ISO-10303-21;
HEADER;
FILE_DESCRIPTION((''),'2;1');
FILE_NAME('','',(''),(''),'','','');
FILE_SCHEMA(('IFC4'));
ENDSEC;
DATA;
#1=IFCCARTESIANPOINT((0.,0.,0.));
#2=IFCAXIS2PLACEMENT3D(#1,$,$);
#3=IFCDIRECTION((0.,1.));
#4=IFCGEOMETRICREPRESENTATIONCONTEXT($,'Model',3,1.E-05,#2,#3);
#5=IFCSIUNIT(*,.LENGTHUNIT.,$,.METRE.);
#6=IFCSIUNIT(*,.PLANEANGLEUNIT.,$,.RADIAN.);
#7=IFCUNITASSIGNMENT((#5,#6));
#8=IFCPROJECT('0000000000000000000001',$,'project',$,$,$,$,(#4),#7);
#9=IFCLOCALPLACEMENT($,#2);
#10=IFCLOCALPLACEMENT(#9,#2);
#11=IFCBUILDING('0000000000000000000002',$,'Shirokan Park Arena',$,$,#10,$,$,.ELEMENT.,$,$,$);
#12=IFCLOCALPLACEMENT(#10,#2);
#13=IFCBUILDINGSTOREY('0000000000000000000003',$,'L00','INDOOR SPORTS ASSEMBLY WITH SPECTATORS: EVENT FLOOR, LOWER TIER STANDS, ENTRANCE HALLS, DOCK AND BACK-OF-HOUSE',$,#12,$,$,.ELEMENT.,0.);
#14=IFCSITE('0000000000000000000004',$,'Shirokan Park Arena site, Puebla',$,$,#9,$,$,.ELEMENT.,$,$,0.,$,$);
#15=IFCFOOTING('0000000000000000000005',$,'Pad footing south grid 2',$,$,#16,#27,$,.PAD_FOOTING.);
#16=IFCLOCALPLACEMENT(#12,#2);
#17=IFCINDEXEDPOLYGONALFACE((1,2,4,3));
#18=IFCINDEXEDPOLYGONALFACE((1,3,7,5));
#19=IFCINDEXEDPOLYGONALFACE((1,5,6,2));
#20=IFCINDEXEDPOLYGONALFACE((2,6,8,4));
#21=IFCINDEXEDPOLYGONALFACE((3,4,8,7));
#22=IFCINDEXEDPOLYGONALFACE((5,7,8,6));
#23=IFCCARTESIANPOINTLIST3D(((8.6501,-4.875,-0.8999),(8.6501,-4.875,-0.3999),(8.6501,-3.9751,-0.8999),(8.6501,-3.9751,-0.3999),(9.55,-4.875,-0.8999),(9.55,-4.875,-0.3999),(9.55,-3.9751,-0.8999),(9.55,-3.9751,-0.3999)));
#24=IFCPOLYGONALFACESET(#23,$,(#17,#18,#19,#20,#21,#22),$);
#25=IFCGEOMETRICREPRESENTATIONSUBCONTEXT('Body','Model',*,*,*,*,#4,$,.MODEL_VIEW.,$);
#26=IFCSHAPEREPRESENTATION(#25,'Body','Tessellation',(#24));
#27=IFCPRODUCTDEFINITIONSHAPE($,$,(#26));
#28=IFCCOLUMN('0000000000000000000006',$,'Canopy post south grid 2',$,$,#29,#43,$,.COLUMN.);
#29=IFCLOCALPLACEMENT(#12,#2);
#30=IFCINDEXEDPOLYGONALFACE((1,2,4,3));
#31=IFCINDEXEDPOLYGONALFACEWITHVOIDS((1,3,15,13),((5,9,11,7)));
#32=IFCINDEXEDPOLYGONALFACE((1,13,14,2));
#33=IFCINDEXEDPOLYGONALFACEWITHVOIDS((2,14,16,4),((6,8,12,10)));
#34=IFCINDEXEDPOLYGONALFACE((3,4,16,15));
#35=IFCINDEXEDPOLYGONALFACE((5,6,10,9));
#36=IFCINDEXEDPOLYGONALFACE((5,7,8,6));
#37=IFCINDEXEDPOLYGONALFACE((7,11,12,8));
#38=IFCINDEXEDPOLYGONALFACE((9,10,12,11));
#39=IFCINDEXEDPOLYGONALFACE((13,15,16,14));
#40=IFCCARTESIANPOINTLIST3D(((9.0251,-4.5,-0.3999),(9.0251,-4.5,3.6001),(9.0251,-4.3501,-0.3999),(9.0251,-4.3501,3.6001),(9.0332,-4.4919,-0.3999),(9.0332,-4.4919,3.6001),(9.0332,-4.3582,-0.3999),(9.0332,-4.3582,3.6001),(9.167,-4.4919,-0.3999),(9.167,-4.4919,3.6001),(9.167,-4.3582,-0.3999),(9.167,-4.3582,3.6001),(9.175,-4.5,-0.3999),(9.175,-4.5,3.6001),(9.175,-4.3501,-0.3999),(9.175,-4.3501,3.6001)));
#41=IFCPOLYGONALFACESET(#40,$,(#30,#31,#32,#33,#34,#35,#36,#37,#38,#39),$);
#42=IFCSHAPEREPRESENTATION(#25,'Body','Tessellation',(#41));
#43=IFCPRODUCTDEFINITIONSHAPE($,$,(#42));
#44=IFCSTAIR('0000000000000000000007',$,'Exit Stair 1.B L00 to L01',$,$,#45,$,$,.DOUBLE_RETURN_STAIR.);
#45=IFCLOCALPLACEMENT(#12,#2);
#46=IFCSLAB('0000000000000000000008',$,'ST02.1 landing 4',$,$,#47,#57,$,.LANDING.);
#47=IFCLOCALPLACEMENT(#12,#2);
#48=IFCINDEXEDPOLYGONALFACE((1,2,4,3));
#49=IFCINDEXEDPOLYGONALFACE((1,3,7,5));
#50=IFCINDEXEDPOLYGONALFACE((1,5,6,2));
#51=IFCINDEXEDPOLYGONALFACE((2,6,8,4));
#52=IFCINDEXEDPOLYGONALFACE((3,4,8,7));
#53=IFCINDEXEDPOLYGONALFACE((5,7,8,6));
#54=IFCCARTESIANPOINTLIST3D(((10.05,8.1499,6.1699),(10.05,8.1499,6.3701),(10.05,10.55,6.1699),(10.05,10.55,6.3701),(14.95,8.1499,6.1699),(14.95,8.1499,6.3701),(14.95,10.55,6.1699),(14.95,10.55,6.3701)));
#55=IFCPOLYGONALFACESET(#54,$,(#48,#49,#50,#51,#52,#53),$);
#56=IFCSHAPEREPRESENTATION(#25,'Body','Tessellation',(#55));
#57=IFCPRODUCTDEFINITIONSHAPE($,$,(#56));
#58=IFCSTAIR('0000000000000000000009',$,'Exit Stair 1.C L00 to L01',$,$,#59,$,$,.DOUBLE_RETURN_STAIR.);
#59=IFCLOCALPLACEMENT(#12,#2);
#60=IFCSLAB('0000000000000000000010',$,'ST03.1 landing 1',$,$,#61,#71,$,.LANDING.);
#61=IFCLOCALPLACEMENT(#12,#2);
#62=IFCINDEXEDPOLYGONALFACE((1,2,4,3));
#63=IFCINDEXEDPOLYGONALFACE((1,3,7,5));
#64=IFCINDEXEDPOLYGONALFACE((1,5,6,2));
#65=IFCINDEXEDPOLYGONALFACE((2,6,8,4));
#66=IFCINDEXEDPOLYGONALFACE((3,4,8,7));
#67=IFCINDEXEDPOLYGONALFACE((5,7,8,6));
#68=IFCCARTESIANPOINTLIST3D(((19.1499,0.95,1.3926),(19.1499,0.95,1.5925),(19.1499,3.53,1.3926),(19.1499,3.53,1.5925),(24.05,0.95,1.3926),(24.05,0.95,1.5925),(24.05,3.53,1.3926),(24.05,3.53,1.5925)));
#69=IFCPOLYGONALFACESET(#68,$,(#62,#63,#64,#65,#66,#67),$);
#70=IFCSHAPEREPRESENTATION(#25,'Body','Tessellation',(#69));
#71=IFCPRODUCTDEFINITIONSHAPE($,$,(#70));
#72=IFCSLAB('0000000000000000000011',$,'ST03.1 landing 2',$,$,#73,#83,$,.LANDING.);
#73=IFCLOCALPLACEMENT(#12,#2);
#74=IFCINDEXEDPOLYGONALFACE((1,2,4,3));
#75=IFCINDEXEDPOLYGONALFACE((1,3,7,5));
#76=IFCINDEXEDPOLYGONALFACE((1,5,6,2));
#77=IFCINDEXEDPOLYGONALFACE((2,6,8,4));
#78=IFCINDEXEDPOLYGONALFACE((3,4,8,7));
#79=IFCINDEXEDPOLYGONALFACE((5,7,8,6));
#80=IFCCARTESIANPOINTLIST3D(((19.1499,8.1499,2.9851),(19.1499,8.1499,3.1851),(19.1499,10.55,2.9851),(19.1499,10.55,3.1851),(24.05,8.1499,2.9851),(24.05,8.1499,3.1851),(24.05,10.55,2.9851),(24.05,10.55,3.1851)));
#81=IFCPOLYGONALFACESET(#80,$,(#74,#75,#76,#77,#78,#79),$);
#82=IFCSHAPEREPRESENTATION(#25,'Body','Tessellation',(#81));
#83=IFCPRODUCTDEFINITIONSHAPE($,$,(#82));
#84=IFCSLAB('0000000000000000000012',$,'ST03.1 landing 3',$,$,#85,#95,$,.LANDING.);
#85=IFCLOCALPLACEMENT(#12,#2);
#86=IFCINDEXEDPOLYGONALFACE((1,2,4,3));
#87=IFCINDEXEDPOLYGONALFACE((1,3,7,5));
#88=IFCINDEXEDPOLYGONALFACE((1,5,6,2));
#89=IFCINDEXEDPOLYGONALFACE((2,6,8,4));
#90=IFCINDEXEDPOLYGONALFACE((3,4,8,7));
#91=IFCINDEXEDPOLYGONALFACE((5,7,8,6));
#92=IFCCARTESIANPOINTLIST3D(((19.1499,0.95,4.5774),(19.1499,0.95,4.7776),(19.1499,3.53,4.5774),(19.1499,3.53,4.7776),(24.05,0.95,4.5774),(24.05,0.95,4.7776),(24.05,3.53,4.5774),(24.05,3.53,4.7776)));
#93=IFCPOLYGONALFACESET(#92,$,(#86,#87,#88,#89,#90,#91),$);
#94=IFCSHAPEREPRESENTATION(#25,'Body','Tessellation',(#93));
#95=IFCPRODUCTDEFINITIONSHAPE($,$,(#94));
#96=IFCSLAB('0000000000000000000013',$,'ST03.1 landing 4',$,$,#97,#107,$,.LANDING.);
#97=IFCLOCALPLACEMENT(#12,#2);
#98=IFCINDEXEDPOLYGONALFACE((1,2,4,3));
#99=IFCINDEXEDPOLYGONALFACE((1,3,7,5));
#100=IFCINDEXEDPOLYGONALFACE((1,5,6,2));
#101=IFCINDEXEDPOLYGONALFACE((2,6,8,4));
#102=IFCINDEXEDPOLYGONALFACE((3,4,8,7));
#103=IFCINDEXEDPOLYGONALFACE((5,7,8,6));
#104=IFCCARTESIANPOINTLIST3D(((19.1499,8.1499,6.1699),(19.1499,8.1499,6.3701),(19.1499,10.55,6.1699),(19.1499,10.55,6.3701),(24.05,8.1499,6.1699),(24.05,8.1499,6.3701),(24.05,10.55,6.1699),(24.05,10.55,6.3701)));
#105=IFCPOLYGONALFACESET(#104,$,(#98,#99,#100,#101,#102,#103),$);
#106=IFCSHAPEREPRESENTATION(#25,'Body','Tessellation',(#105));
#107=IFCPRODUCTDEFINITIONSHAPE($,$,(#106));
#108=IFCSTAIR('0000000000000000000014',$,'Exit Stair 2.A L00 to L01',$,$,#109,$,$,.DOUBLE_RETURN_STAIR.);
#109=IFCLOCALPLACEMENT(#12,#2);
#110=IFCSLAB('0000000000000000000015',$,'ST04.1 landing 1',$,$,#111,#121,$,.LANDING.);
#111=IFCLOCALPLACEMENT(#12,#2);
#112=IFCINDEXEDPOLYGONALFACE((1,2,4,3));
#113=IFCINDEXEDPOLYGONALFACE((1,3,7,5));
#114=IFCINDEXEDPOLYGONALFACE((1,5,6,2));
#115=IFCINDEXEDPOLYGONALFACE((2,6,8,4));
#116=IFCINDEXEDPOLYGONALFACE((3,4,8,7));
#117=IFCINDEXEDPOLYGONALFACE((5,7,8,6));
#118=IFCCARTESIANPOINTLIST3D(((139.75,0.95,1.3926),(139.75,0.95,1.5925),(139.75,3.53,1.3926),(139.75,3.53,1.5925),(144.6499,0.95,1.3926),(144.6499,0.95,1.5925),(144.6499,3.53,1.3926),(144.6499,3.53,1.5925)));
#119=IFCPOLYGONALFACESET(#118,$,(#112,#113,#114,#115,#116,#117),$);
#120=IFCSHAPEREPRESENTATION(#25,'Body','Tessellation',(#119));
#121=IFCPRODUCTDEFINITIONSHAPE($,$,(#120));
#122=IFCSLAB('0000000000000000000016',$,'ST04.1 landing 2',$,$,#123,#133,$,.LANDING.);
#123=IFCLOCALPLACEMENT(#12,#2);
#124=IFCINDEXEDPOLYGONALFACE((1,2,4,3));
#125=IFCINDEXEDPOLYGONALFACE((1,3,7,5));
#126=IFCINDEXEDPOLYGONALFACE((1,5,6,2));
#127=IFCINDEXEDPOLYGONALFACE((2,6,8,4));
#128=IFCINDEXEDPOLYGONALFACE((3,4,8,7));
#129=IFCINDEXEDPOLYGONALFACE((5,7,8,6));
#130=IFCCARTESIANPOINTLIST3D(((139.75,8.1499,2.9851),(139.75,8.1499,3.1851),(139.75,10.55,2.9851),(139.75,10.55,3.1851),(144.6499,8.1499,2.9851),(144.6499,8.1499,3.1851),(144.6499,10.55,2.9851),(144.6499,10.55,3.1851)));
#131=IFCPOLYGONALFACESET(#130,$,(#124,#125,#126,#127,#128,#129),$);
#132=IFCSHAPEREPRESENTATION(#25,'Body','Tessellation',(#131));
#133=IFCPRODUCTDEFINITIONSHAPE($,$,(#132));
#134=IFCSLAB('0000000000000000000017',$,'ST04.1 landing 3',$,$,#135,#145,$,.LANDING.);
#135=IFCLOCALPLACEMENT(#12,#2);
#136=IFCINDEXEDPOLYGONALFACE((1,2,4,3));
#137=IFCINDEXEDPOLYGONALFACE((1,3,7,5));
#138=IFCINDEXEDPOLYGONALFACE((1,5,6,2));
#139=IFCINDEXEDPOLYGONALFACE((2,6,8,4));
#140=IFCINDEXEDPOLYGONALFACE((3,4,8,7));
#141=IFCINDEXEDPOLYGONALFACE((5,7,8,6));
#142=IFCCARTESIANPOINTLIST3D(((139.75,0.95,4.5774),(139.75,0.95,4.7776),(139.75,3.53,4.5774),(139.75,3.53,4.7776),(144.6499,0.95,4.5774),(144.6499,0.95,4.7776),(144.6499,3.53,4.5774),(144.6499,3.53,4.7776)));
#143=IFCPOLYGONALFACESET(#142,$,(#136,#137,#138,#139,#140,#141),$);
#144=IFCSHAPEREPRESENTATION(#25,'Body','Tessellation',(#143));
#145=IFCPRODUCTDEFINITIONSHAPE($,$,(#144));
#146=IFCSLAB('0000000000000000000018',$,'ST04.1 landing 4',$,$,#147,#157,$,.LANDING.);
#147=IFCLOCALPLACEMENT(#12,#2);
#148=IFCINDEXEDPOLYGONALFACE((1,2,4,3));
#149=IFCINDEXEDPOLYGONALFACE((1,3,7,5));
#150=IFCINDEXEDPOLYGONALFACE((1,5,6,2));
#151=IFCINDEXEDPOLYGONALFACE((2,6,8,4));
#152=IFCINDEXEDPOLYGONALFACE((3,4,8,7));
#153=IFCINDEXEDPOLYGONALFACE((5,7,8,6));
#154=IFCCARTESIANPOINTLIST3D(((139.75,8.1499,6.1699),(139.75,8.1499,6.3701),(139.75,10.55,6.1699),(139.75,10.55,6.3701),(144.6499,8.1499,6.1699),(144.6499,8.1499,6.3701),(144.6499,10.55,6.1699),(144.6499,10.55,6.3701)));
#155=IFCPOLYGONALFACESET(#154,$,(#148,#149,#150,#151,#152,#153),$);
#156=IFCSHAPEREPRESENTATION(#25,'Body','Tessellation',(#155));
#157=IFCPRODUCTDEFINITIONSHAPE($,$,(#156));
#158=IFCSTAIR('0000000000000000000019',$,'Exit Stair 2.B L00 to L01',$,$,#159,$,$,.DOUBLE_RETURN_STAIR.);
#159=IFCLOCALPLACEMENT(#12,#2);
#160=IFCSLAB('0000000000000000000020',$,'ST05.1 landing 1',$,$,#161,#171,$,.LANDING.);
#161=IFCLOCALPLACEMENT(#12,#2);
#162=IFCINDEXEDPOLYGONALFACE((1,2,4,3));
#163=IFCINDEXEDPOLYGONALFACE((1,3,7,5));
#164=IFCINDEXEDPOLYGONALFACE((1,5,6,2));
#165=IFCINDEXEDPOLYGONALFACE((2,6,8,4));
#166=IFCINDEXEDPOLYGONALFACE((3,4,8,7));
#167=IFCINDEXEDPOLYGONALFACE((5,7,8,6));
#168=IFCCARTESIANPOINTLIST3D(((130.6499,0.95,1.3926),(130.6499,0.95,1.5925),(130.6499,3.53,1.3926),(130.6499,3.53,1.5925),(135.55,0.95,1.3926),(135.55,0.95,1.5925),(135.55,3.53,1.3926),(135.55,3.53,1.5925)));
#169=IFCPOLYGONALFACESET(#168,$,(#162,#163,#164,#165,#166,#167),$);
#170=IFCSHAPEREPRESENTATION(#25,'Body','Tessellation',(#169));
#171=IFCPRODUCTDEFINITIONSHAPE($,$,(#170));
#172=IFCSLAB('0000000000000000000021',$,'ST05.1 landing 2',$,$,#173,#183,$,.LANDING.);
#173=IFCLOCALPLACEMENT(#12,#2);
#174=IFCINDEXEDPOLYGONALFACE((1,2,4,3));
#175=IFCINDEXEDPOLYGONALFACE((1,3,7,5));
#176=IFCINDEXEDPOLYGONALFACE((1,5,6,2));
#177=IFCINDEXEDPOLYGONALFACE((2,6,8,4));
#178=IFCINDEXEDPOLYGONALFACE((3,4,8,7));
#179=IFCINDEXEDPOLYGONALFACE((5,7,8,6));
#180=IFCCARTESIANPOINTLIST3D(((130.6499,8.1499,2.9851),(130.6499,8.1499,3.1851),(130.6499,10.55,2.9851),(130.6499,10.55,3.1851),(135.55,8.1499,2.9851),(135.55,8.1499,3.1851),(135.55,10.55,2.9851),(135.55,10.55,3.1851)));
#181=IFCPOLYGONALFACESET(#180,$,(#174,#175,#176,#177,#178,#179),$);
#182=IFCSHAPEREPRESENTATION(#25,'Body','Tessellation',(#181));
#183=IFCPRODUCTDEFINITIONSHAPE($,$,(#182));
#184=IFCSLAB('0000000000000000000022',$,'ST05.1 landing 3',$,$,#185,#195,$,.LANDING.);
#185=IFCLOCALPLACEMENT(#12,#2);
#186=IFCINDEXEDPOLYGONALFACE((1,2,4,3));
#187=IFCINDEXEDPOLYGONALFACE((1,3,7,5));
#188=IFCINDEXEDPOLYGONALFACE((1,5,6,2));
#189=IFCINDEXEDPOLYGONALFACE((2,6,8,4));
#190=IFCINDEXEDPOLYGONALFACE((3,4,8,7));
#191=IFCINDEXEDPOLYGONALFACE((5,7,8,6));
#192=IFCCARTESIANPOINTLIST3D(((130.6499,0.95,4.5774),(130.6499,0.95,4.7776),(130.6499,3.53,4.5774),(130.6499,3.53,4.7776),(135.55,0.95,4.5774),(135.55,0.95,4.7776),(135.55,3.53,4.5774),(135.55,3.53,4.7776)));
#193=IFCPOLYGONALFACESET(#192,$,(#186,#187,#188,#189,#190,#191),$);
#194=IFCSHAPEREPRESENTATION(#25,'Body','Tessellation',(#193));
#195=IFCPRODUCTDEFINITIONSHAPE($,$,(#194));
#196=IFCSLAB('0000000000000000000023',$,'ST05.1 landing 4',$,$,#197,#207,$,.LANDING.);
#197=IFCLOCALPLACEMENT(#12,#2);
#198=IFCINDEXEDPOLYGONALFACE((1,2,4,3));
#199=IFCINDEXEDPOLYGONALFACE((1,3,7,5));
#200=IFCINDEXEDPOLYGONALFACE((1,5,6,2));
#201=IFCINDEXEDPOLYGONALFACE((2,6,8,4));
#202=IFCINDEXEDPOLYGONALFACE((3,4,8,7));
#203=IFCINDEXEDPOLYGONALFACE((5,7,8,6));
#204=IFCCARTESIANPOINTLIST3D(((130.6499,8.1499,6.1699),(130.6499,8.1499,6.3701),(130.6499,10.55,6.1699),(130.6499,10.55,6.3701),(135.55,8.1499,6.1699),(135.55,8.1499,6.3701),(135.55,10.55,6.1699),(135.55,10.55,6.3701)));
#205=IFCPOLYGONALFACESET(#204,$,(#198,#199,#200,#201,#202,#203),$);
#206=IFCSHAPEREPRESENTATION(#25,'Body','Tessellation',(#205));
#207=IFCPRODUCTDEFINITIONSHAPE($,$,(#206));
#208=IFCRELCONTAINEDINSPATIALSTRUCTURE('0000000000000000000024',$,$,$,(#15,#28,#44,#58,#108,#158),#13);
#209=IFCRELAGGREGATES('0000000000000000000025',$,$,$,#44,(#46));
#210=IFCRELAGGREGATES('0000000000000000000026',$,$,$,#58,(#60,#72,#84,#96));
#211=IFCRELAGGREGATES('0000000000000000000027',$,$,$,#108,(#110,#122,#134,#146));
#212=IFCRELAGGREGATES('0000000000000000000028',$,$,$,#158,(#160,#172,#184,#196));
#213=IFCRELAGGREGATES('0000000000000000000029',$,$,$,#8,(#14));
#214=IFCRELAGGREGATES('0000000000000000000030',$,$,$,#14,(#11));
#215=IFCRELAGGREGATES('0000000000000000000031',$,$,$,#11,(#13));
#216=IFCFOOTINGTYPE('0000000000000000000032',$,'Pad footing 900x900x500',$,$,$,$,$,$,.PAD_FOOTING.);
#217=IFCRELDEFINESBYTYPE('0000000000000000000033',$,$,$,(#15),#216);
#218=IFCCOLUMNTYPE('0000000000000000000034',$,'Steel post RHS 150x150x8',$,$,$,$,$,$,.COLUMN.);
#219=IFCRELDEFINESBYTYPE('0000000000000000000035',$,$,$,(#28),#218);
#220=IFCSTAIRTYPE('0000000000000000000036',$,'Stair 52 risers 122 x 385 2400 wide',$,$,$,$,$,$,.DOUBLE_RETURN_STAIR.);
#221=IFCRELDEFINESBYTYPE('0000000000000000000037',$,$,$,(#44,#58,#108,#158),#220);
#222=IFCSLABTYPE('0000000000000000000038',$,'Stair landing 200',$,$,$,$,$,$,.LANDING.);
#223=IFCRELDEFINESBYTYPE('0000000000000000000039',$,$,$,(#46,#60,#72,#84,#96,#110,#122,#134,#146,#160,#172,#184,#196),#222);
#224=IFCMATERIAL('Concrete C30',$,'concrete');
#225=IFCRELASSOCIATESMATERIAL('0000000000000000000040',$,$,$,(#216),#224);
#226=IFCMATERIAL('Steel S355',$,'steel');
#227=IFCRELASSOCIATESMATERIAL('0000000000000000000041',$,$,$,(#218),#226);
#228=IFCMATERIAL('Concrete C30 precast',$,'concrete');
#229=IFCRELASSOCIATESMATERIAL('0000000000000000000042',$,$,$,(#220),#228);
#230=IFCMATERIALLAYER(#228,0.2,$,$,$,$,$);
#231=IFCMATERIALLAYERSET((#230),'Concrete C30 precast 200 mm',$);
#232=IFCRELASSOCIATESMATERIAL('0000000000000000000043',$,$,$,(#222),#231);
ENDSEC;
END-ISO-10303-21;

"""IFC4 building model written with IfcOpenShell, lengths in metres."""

from ifc_helpers import new_model, si_unit, direction, frame, origin, origin_2d, place, context, subcontext, project, spatial, polyline, rectangle, hollow_rectangle, outline, extrude, material, layer, layer_set, material_profile, profile_set, type_object, element, aggregate, save


model = new_model("IFC4")

# Units and contexts
model_context = context("Model", 3, precision=1e-05, world=origin(), true_north=direction((0.0, 1.0)))
body_context = subcontext(model_context, "Body", "Model", "MODEL_VIEW")
ifc_project = project(units=[si_unit("LENGTHUNIT", "METRE"), si_unit("PLANEANGLEUNIT", "RADIAN")], contexts=[model_context])

# Site, building, storey
site_placement = place(None, origin())
site = spatial("IfcSite", under=ifc_project, at=site_placement, Name="Shirokan Park Arena site, Puebla", CompositionType="ELEMENT", RefElevation=0.0)
building_placement = place(site_placement, origin())
building = spatial("IfcBuilding", under=site, at=building_placement, Name="Shirokan Park Arena", CompositionType="ELEMENT")
storey_placement = place(building_placement, origin())
storey = spatial("IfcBuildingStorey", under=building, at=storey_placement, Name="L00", Description="INDOOR SPORTS ASSEMBLY WITH SPECTATORS: EVENT FLOOR, LOWER TIER STANDS, ENTRANCE HALLS, DOCK AND BACK-OF-HOUSE", CompositionType="ELEMENT", Elevation=0.0)

# Footing
ifc_material_1 = material(Name="Concrete C30", Category="concrete")
footing_type = type_object("IfcFootingType", Name="Pad footing 900x900x500", PredefinedType="PAD_FOOTING", material=ifc_material_1)
footing_placement = place(storey_placement, frame((9.1001, -4.425, -0.8999), z_axis=(0.0, 0.0, 1.0), x_axis=(1.0, 0.0, 0.0)))
element("IfcFooting", 1, at=footing_placement, inside=storey, type_object=footing_type, Name="Pad footing south grid 2", PredefinedType="PAD_FOOTING", context=body_context, shape_type="SweptSolid", body=[
    extrude(rectangle(XDim=0.8999, YDim=0.8999, at=origin_2d()), origin(), (0.0, 0.0, 1.0), 0.5),
])

# Column
ifc_material_2 = material(Name="Steel S355", Category="steel")
ifc_material_profile = material_profile(ifc_material_2, hollow_rectangle(XDim=0.1499, YDim=0.1499, WallThickness=0.0081, at=origin_2d()), Name="RHS 150x150x8")
ifc_profile_set = profile_set([ifc_material_profile], Name="Steel S355")
column_type = type_object("IfcColumnType", Name="Steel post RHS 150x150x8", PredefinedType="COLUMN", material=ifc_profile_set)
column_placement = place(storey_placement, frame((9.1001, -4.425, -0.3999), z_axis=(0.0, 0.0, 1.0), x_axis=(1.0, 0.0, 0.0)))
element("IfcColumn", 2, at=column_placement, inside=storey, type_object=column_type, Name="Canopy post south grid 2", PredefinedType="COLUMN", context=body_context, shape_type="SweptSolid", body=[
    extrude(hollow_rectangle(XDim=0.1499, YDim=0.1499, WallThickness=0.0081, at=origin_2d()), origin(), (0.0, 0.0, 1.0), 4.0),
])

# Stair, slab
ifc_material_3 = material(Name="Concrete C30 precast", Category="concrete")
stair_type = type_object("IfcStairType", Name="Stair 52 risers 122 x 385 2400 wide", PredefinedType="DOUBLE_RETURN_STAIR", material=ifc_material_3)
stair_1_placement = place(storey_placement, origin())
stair_1 = element("IfcStair", 3, at=stair_1_placement, inside=storey, type_object=stair_type, Name="Exit Stair 1.B L00 to L01", PredefinedType="DOUBLE_RETURN_STAIR")
ifc_layer_1 = layer(ifc_material_3, 0.2)
ifc_layer_set_1 = layer_set([ifc_layer_1], Name="Concrete C30 precast 200 mm")
slab_type = type_object("IfcSlabType", Name="Stair landing 200", PredefinedType="LANDING", material=ifc_layer_set_1)
slab_1_placement = place(storey_placement, frame((0.0, 0.0, 6.1699)))
slab_1 = element("IfcSlab", 4, at=slab_1_placement, type_object=slab_type, Name="ST02.1 landing 4", PredefinedType="LANDING", context=body_context, shape_type="SweptSolid", body=[
    extrude(outline(polyline([(10.05, 8.1499), (14.95, 8.1499), (14.95, 10.55), (10.05, 10.55), (10.05, 8.1499)])), origin(), (0.0, 0.0, 1.0), 0.2002),
])
aggregate(stair_1, [slab_1])

# Stairs, slabs
stair_2_placement = place(storey_placement, origin())
stair_2 = element("IfcStair", 5, at=stair_2_placement, inside=storey, type_object=stair_type, Name="Exit Stair 1.C L00 to L01", PredefinedType="DOUBLE_RETURN_STAIR")
slab_2_placement = place(storey_placement, frame((0.0, 0.0, 1.3926)))
slab_2 = element("IfcSlab", 6, at=slab_2_placement, type_object=slab_type, Name="ST03.1 landing 1", PredefinedType="LANDING", context=body_context, shape_type="SweptSolid", body=[
    extrude(outline(polyline([(19.1499, 0.95), (24.05, 0.95), (24.05, 3.53), (19.1499, 3.53), (19.1499, 0.95)])), origin(), (0.0, 0.0, 1.0), 0.2),
])
slab_3_placement = place(storey_placement, frame((0.0, 0.0, 2.9851)))
slab_3 = element("IfcSlab", 7, at=slab_3_placement, type_object=slab_type, Name="ST03.1 landing 2", PredefinedType="LANDING", context=body_context, shape_type="SweptSolid", body=[
    extrude(outline(polyline([(19.1499, 8.1499), (24.05, 8.1499), (24.05, 10.55), (19.1499, 10.55), (19.1499, 8.1499)])), origin(), (0.0, 0.0, 1.0), 0.2),
])
slab_4_placement = place(storey_placement, frame((0.0, 0.0, 4.5774)))
slab_4 = element("IfcSlab", 8, at=slab_4_placement, type_object=slab_type, Name="ST03.1 landing 3", PredefinedType="LANDING", context=body_context, shape_type="SweptSolid", body=[
    extrude(outline(polyline([(19.1499, 0.95), (24.05, 0.95), (24.05, 3.53), (19.1499, 3.53), (19.1499, 0.95)])), origin(), (0.0, 0.0, 1.0), 0.2002),
])
slab_5_placement = place(storey_placement, frame((0.0, 0.0, 6.1699)))
slab_5 = element("IfcSlab", 9, at=slab_5_placement, type_object=slab_type, Name="ST03.1 landing 4", PredefinedType="LANDING", context=body_context, shape_type="SweptSolid", body=[
    extrude(outline(polyline([(19.1499, 8.1499), (24.05, 8.1499), (24.05, 10.55), (19.1499, 10.55), (19.1499, 8.1499)])), origin(), (0.0, 0.0, 1.0), 0.2002),
])
aggregate(stair_2, [slab_2, slab_3, slab_4, slab_5])
stair_3_placement = place(storey_placement, origin())
stair_3 = element("IfcStair", 10, at=stair_3_placement, inside=storey, type_object=stair_type, Name="Exit Stair 2.A L00 to L01", PredefinedType="DOUBLE_RETURN_STAIR")
slab_6_placement = place(storey_placement, frame((0.0, 0.0, 1.3926)))
slab_6 = element("IfcSlab", 11, at=slab_6_placement, type_object=slab_type, Name="ST04.1 landing 1", PredefinedType="LANDING", context=body_context, shape_type="SweptSolid", body=[
    extrude(outline(polyline([(139.75, 0.95), (144.6499, 0.95), (144.6499, 3.53), (139.75, 3.53), (139.75, 0.95)])), origin(), (0.0, 0.0, 1.0), 0.2),
])
slab_7_placement = place(storey_placement, frame((0.0, 0.0, 2.9851)))
slab_7 = element("IfcSlab", 12, at=slab_7_placement, type_object=slab_type, Name="ST04.1 landing 2", PredefinedType="LANDING", context=body_context, shape_type="SweptSolid", body=[
    extrude(outline(polyline([(139.75, 8.1499), (144.6499, 8.1499), (144.6499, 10.55), (139.75, 10.55), (139.75, 8.1499)])), origin(), (0.0, 0.0, 1.0), 0.2),
])
slab_8_placement = place(storey_placement, frame((0.0, 0.0, 4.5774)))
slab_8 = element("IfcSlab", 13, at=slab_8_placement, type_object=slab_type, Name="ST04.1 landing 3", PredefinedType="LANDING", context=body_context, shape_type="SweptSolid", body=[
    extrude(outline(polyline([(139.75, 0.95), (144.6499, 0.95), (144.6499, 3.53), (139.75, 3.53), (139.75, 0.95)])), origin(), (0.0, 0.0, 1.0), 0.2002),
])
slab_9_placement = place(storey_placement, frame((0.0, 0.0, 6.1699)))
slab_9 = element("IfcSlab", 14, at=slab_9_placement, type_object=slab_type, Name="ST04.1 landing 4", PredefinedType="LANDING", context=body_context, shape_type="SweptSolid", body=[
    extrude(outline(polyline([(139.75, 8.1499), (144.6499, 8.1499), (144.6499, 10.55), (139.75, 10.55), (139.75, 8.1499)])), origin(), (0.0, 0.0, 1.0), 0.2002),
])
aggregate(stair_3, [slab_6, slab_7, slab_8, slab_9])
stair_4_placement = place(storey_placement, origin())
stair_4 = element("IfcStair", 15, at=stair_4_placement, inside=storey, type_object=stair_type, Name="Exit Stair 2.B L00 to L01", PredefinedType="DOUBLE_RETURN_STAIR")
slab_10_placement = place(storey_placement, frame((0.0, 0.0, 1.3926)))
slab_10 = element("IfcSlab", 16, at=slab_10_placement, type_object=slab_type, Name="ST05.1 landing 1", PredefinedType="LANDING", context=body_context, shape_type="SweptSolid", body=[
    extrude(outline(polyline([(130.6499, 0.95), (135.55, 0.95), (135.55, 3.53), (130.6499, 3.53), (130.6499, 0.95)])), origin(), (0.0, 0.0, 1.0), 0.2),
])
slab_11_placement = place(storey_placement, frame((0.0, 0.0, 2.9851)))
slab_11 = element("IfcSlab", 17, at=slab_11_placement, type_object=slab_type, Name="ST05.1 landing 2", PredefinedType="LANDING", context=body_context, shape_type="SweptSolid", body=[
    extrude(outline(polyline([(130.6499, 8.1499), (135.55, 8.1499), (135.55, 10.55), (130.6499, 10.55), (130.6499, 8.1499)])), origin(), (0.0, 0.0, 1.0), 0.2),
])
slab_12_placement = place(storey_placement, frame((0.0, 0.0, 4.5774)))
slab_12 = element("IfcSlab", 18, at=slab_12_placement, type_object=slab_type, Name="ST05.1 landing 3", PredefinedType="LANDING", context=body_context, shape_type="SweptSolid", body=[
    extrude(outline(polyline([(130.6499, 0.95), (135.55, 0.95), (135.55, 3.53), (130.6499, 3.53), (130.6499, 0.95)])), origin(), (0.0, 0.0, 1.0), 0.2002),
])
slab_13_placement = place(storey_placement, frame((0.0, 0.0, 6.1699)))
slab_13 = element("IfcSlab", 19, at=slab_13_placement, type_object=slab_type, Name="ST05.1 landing 4", PredefinedType="LANDING", context=body_context, shape_type="SweptSolid", body=[
    extrude(outline(polyline([(130.6499, 8.1499), (135.55, 8.1499), (135.55, 10.55), (130.6499, 10.55), (130.6499, 8.1499)])), origin(), (0.0, 0.0, 1.0), 0.2002),
])
aggregate(stair_4, [slab_10, slab_11, slab_12, slab_13])

save(model, "model.ifc")
